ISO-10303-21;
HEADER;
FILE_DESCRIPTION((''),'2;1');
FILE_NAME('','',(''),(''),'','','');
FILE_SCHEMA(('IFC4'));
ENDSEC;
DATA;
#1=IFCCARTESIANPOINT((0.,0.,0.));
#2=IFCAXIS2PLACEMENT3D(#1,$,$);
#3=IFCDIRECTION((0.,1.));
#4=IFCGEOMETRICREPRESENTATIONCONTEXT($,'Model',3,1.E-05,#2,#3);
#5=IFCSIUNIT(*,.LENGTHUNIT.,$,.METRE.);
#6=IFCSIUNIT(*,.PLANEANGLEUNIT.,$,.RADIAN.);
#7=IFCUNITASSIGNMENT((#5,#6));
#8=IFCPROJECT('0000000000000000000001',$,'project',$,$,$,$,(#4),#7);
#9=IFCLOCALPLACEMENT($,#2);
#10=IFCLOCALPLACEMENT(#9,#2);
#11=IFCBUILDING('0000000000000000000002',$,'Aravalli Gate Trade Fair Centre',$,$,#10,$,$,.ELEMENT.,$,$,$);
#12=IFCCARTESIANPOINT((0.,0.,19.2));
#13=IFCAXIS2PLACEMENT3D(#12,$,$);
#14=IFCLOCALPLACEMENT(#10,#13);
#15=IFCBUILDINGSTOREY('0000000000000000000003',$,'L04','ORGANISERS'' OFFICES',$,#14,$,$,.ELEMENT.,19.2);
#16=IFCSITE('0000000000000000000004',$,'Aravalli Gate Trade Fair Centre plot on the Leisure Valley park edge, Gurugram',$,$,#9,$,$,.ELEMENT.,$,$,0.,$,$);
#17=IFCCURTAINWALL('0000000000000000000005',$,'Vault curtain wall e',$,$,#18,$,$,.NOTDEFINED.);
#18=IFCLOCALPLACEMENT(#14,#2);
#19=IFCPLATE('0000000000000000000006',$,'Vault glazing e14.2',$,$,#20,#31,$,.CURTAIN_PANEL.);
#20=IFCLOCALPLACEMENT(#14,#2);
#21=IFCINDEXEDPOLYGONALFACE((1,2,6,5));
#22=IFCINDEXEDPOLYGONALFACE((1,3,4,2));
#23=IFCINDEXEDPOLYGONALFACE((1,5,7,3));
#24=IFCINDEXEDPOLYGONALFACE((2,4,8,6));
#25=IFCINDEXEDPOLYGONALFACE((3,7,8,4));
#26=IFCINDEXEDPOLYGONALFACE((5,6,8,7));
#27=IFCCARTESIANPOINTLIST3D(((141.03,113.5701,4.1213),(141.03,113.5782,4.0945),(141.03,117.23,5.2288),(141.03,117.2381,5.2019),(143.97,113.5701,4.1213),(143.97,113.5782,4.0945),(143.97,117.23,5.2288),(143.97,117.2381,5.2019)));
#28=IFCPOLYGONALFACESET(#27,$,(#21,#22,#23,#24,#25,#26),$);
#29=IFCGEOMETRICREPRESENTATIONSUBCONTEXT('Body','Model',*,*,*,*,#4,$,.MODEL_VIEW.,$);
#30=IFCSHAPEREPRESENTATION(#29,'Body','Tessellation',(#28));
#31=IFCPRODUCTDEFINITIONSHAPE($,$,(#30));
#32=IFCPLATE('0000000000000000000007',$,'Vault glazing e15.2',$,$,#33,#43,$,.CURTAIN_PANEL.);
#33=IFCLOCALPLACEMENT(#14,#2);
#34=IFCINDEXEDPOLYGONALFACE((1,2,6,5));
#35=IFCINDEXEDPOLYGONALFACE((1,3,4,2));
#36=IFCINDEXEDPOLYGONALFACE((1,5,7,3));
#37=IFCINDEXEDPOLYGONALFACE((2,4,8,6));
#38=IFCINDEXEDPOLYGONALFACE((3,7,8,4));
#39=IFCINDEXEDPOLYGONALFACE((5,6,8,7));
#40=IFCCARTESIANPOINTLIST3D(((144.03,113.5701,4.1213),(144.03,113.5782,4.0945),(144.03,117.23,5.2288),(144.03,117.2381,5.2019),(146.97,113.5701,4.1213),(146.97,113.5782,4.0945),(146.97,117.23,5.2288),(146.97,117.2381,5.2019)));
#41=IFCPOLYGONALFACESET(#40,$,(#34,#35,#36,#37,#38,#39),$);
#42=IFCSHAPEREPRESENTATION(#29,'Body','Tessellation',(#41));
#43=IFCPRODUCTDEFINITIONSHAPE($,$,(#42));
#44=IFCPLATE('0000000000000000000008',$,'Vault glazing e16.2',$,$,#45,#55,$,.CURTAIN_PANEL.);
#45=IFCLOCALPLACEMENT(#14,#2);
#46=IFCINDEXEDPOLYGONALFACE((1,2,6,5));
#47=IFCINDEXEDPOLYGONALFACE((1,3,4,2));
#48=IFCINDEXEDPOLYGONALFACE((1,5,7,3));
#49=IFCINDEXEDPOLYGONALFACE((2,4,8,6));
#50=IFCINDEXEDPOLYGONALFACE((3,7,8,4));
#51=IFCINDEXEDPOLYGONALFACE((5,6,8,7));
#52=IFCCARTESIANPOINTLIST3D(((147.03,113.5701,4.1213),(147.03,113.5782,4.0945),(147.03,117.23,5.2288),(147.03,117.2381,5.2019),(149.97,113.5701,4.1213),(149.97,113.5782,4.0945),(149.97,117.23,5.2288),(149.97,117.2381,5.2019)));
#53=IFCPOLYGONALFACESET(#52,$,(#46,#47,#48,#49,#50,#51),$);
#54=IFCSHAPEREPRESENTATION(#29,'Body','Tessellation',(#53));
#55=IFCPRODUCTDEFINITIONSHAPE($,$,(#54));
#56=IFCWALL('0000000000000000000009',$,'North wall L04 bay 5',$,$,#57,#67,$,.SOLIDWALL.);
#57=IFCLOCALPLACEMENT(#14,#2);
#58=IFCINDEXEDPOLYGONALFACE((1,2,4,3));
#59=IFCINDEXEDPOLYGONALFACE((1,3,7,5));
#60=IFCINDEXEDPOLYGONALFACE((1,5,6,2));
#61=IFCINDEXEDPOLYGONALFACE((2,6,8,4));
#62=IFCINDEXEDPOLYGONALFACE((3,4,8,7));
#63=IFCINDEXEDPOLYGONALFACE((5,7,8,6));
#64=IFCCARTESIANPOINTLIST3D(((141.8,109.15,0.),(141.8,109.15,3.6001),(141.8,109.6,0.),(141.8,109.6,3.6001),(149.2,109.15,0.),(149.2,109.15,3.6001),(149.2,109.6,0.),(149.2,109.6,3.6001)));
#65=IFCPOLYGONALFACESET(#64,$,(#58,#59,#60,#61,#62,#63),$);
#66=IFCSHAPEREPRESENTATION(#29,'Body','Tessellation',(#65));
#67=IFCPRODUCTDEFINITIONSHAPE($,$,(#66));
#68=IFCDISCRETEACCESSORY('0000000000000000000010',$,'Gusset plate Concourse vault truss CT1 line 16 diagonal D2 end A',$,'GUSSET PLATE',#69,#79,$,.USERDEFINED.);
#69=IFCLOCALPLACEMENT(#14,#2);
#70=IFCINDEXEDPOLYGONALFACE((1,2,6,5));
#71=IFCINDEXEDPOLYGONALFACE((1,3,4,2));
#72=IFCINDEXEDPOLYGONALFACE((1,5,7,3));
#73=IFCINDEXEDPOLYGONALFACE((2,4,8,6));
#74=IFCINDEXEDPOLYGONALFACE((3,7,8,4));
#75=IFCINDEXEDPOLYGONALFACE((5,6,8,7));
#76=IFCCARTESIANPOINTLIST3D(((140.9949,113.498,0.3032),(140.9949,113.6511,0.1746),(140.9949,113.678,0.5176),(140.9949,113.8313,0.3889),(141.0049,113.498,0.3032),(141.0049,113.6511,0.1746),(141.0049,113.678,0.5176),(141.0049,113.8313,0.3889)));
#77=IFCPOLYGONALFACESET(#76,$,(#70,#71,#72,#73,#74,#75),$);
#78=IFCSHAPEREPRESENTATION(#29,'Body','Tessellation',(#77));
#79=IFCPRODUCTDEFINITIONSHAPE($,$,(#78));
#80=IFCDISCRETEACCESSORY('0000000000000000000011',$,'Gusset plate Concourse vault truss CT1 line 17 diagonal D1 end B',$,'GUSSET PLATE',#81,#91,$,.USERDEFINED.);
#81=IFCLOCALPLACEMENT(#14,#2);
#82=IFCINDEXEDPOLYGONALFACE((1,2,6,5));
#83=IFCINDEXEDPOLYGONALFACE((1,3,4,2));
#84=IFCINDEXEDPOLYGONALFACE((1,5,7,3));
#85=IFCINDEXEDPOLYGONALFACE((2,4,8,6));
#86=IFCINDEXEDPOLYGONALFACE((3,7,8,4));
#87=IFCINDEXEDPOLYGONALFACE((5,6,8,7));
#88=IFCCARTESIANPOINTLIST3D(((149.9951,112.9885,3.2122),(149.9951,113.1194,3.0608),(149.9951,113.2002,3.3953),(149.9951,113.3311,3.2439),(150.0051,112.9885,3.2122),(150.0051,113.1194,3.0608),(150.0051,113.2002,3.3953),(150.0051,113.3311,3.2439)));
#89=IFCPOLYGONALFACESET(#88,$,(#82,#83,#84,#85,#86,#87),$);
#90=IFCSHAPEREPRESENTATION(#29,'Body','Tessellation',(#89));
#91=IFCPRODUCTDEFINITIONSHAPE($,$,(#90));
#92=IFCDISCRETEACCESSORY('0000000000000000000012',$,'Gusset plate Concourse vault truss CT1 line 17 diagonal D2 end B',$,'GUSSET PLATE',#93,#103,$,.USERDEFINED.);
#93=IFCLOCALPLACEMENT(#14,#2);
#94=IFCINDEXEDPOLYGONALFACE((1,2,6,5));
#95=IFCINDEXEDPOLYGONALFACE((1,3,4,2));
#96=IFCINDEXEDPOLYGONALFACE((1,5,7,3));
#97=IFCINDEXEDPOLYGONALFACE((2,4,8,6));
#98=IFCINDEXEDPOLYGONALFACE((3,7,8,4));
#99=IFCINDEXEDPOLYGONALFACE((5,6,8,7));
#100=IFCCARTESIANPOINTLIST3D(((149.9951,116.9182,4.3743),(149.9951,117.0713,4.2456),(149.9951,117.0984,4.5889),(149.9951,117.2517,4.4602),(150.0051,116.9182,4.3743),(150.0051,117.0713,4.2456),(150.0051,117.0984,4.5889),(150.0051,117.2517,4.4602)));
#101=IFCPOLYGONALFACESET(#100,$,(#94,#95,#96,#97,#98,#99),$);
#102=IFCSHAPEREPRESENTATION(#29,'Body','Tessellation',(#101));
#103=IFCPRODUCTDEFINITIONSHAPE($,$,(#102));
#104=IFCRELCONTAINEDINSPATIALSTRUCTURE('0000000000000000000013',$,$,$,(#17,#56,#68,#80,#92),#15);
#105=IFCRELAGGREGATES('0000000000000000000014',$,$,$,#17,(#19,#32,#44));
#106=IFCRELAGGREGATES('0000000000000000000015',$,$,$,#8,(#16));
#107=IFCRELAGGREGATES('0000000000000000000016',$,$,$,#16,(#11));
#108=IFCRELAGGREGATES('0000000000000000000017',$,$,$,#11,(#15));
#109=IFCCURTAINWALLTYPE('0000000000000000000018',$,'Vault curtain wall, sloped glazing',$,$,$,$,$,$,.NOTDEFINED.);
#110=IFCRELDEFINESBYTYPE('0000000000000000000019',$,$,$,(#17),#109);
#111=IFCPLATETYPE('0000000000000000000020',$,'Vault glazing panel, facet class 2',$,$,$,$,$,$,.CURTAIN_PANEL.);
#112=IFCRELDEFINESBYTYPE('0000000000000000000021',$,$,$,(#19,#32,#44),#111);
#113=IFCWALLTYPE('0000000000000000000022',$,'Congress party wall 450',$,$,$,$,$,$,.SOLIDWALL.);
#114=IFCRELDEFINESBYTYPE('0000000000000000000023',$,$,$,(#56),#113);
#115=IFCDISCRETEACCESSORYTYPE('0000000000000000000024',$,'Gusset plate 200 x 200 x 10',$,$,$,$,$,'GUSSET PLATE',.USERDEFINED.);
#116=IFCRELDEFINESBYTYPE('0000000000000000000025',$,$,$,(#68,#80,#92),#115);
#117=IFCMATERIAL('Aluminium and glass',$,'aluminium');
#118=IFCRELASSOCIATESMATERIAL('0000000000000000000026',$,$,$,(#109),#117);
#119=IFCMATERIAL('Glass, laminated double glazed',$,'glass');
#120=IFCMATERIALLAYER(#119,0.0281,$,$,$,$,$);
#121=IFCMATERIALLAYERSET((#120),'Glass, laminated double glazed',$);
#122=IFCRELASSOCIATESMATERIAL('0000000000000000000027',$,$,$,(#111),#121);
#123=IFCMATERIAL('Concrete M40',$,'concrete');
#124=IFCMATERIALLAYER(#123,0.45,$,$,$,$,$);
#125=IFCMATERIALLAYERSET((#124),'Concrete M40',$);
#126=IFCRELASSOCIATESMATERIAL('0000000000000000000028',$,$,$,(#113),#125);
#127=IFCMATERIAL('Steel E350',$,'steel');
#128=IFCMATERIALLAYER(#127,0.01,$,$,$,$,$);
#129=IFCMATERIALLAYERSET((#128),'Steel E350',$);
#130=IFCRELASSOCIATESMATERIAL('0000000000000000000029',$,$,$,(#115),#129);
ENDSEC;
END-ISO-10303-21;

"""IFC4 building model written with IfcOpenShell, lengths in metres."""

from ifc_helpers import new_model, si_unit, direction, frame, frame_2d, origin, place, context, subcontext, project, spatial, polyline, rectangle, outline, extrude, material, layer, layer_set, type_object, element, aggregate, save


model = new_model("IFC4")

# Units and contexts
model_context = context("Model", 3, precision=1e-05, world=origin(), true_north=direction((0.0, 1.0)))
body_context = subcontext(model_context, "Body", "Model", "MODEL_VIEW")
ifc_project = project(units=[si_unit("LENGTHUNIT", "METRE"), si_unit("PLANEANGLEUNIT", "RADIAN")], contexts=[model_context])

# Site, building, storey
site_placement = place(None, origin())
site = spatial("IfcSite", under=ifc_project, at=site_placement, Name="Aravalli Gate Trade Fair Centre plot on the Leisure Valley park edge, Gurugram", CompositionType="ELEMENT", RefElevation=0.0)
building_placement = place(site_placement, origin())
building = spatial("IfcBuilding", under=site, at=building_placement, Name="Aravalli Gate Trade Fair Centre", CompositionType="ELEMENT")
storey_placement = place(building_placement, frame((0.0, 0.0, 19.2)))
storey = spatial("IfcBuildingStorey", under=building, at=storey_placement, Name="L04", Description="ORGANISERS' OFFICES", CompositionType="ELEMENT", Elevation=19.2)

# Curtain wall, plates
ifc_material_1 = material(Name="Aluminium and glass", Category="aluminium")
curtain_wall_type = type_object("IfcCurtainWallType", Name="Vault curtain wall, sloped glazing", PredefinedType="NOTDEFINED", material=ifc_material_1)
curtain_wall_placement = place(storey_placement, origin())
curtain_wall = element("IfcCurtainWall", 1, at=curtain_wall_placement, inside=storey, type_object=curtain_wall_type, Name="Vault curtain wall e", PredefinedType="NOTDEFINED")
ifc_material_2 = material(Name="Glass, laminated double glazed", Category="glass")
ifc_layer_1 = layer(ifc_material_2, 0.0281)
ifc_layer_set_1 = layer_set([ifc_layer_1], Name="Glass, laminated double glazed")
plate_type_1 = type_object("IfcPlateType", Name="Vault glazing panel, facet class 2", PredefinedType="CURTAIN_PANEL", material=ifc_layer_set_1)
plate_1_placement = place(storey_placement, frame((141.03, 113.5701, 4.1213), z_axis=(0.0, -0.289614, 0.957144), x_axis=(1.0, 0.0, 0.0)))
plate_1 = element("IfcPlate", 2, at=plate_1_placement, type_object=plate_type_1, Name="Vault glazing e14.2", PredefinedType="CURTAIN_PANEL", context=body_context, shape_type="SweptSolid", body=[
    extrude(outline(polyline([(0.0, 0.0), (2.9399, 0.0), (2.9399, 3.8238), (0.0, 3.8238), (0.0, 0.0)])), origin(), (0.0, 0.0, -1.0), 0.0281),
])
plate_2_placement = place(storey_placement, frame((144.03, 113.5701, 4.1213), z_axis=(0.0, -0.289614, 0.957144), x_axis=(1.0, 0.0, 0.0)))
plate_2 = element("IfcPlate", 3, at=plate_2_placement, type_object=plate_type_1, Name="Vault glazing e15.2", PredefinedType="CURTAIN_PANEL", context=body_context, shape_type="SweptSolid", body=[
    extrude(outline(polyline([(0.0, 0.0), (2.9399, 0.0), (2.9399, 3.8238), (0.0, 3.8238), (0.0, 0.0)])), origin(), (0.0, 0.0, -1.0), 0.0281),
])
plate_3_placement = place(storey_placement, frame((147.03, 113.5701, 4.1213), z_axis=(0.0, -0.289614, 0.957144), x_axis=(1.0, 0.0, 0.0)))
plate_3 = element("IfcPlate", 4, at=plate_3_placement, type_object=plate_type_1, Name="Vault glazing e16.2", PredefinedType="CURTAIN_PANEL", context=body_context, shape_type="SweptSolid", body=[
    extrude(outline(polyline([(0.0, 0.0), (2.9399, 0.0), (2.9399, 3.8238), (0.0, 3.8238), (0.0, 0.0)])), origin(), (0.0, 0.0, -1.0), 0.0281),
])
aggregate(curtain_wall, [plate_1, plate_2, plate_3])

# Wall
ifc_material_3 = material(Name="Concrete M40", Category="concrete")
ifc_layer_2 = layer(ifc_material_3, 0.45)
ifc_layer_set_2 = layer_set([ifc_layer_2], Name="Concrete M40")
wall_type = type_object("IfcWallType", Name="Congress party wall 450", PredefinedType="SOLIDWALL", material=ifc_layer_set_2)
wall_placement = place(storey_placement, frame((141.8, 109.375, 0.0), z_axis=(0.0, 0.0, 1.0), x_axis=(1.0, 0.0, 0.0)))
element("IfcWall", 5, at=wall_placement, inside=storey, type_object=wall_type, Name="North wall L04 bay 5", PredefinedType="SOLIDWALL", context=body_context, shape_type="SweptSolid", body=[
    extrude(rectangle(XDim=7.3999, YDim=0.45, at=frame_2d((3.7, 0.0))), origin(), (0.0, 0.0, 1.0), 3.6001),
])

# Discrete accessories
ifc_material_4 = material(Name="Steel E350", Category="steel")
ifc_layer_3 = layer(ifc_material_4, 0.01)
ifc_layer_set_3 = layer_set([ifc_layer_3], Name="Steel E350")
discrete_accessory_type = type_object("IfcDiscreteAccessoryType", Name="Gusset plate 200 x 200 x 10", ElementType="GUSSET PLATE", PredefinedType="USERDEFINED", material=ifc_layer_set_3)
discrete_accessory_1_placement = place(storey_placement, frame((141.0049, 113.678, 0.5176), z_axis=(1.0, 0.0, 0.0), x_axis=(0.0, -0.642926, -0.765928)))
element("IfcDiscreteAccessory", 6, at=discrete_accessory_1_placement, inside=storey, type_object=discrete_accessory_type, Name="Gusset plate Concourse vault truss CT1 line 16 diagonal D2 end A", ObjectType="GUSSET PLATE", PredefinedType="USERDEFINED", context=body_context, shape_type="SweptSolid", body=[
    extrude(outline(polyline([(0.0, 0.0), (0.2799, 0.0), (0.28, 0.2), (0.0, 0.2002), (0.0, 0.0)])), origin(), (0.0, 0.0, -1.0), 0.01),
])
discrete_accessory_2_placement = place(storey_placement, frame((149.9951, 112.9885, 3.2122), z_axis=(-1.0, 0.0, 0.0), x_axis=(0.0, 0.756293, 0.654233)))
element("IfcDiscreteAccessory", 7, at=discrete_accessory_2_placement, inside=storey, type_object=discrete_accessory_type, Name="Gusset plate Concourse vault truss CT1 line 17 diagonal D1 end B", ObjectType="GUSSET PLATE", PredefinedType="USERDEFINED", context=body_context, shape_type="SweptSolid", body=[
    extrude(outline(polyline([(0.0, 0.0), (0.2799, 0.0), (0.2798, 0.2001), (-0.0001, 0.2001), (0.0, 0.0)])), origin(), (0.0, 0.0, -1.0), 0.01),
])
discrete_accessory_3_placement = place(storey_placement, frame((149.9951, 116.9182, 4.3743), z_axis=(-1.0, 0.0, 0.0), x_axis=(0.0, 0.643008, 0.765859)))
element("IfcDiscreteAccessory", 8, at=discrete_accessory_3_placement, inside=storey, type_object=discrete_accessory_type, Name="Gusset plate Concourse vault truss CT1 line 17 diagonal D2 end B", ObjectType="GUSSET PLATE", PredefinedType="USERDEFINED", context=body_context, shape_type="SweptSolid", body=[
    extrude(outline(polyline([(0.0, 0.0), (0.2802, 0.0), (0.2803, 0.2002), (-0.0001, 0.2), (0.0, 0.0)])), origin(), (0.0, 0.0, -1.0), 0.01),
])

save(model, "model.ifc")
